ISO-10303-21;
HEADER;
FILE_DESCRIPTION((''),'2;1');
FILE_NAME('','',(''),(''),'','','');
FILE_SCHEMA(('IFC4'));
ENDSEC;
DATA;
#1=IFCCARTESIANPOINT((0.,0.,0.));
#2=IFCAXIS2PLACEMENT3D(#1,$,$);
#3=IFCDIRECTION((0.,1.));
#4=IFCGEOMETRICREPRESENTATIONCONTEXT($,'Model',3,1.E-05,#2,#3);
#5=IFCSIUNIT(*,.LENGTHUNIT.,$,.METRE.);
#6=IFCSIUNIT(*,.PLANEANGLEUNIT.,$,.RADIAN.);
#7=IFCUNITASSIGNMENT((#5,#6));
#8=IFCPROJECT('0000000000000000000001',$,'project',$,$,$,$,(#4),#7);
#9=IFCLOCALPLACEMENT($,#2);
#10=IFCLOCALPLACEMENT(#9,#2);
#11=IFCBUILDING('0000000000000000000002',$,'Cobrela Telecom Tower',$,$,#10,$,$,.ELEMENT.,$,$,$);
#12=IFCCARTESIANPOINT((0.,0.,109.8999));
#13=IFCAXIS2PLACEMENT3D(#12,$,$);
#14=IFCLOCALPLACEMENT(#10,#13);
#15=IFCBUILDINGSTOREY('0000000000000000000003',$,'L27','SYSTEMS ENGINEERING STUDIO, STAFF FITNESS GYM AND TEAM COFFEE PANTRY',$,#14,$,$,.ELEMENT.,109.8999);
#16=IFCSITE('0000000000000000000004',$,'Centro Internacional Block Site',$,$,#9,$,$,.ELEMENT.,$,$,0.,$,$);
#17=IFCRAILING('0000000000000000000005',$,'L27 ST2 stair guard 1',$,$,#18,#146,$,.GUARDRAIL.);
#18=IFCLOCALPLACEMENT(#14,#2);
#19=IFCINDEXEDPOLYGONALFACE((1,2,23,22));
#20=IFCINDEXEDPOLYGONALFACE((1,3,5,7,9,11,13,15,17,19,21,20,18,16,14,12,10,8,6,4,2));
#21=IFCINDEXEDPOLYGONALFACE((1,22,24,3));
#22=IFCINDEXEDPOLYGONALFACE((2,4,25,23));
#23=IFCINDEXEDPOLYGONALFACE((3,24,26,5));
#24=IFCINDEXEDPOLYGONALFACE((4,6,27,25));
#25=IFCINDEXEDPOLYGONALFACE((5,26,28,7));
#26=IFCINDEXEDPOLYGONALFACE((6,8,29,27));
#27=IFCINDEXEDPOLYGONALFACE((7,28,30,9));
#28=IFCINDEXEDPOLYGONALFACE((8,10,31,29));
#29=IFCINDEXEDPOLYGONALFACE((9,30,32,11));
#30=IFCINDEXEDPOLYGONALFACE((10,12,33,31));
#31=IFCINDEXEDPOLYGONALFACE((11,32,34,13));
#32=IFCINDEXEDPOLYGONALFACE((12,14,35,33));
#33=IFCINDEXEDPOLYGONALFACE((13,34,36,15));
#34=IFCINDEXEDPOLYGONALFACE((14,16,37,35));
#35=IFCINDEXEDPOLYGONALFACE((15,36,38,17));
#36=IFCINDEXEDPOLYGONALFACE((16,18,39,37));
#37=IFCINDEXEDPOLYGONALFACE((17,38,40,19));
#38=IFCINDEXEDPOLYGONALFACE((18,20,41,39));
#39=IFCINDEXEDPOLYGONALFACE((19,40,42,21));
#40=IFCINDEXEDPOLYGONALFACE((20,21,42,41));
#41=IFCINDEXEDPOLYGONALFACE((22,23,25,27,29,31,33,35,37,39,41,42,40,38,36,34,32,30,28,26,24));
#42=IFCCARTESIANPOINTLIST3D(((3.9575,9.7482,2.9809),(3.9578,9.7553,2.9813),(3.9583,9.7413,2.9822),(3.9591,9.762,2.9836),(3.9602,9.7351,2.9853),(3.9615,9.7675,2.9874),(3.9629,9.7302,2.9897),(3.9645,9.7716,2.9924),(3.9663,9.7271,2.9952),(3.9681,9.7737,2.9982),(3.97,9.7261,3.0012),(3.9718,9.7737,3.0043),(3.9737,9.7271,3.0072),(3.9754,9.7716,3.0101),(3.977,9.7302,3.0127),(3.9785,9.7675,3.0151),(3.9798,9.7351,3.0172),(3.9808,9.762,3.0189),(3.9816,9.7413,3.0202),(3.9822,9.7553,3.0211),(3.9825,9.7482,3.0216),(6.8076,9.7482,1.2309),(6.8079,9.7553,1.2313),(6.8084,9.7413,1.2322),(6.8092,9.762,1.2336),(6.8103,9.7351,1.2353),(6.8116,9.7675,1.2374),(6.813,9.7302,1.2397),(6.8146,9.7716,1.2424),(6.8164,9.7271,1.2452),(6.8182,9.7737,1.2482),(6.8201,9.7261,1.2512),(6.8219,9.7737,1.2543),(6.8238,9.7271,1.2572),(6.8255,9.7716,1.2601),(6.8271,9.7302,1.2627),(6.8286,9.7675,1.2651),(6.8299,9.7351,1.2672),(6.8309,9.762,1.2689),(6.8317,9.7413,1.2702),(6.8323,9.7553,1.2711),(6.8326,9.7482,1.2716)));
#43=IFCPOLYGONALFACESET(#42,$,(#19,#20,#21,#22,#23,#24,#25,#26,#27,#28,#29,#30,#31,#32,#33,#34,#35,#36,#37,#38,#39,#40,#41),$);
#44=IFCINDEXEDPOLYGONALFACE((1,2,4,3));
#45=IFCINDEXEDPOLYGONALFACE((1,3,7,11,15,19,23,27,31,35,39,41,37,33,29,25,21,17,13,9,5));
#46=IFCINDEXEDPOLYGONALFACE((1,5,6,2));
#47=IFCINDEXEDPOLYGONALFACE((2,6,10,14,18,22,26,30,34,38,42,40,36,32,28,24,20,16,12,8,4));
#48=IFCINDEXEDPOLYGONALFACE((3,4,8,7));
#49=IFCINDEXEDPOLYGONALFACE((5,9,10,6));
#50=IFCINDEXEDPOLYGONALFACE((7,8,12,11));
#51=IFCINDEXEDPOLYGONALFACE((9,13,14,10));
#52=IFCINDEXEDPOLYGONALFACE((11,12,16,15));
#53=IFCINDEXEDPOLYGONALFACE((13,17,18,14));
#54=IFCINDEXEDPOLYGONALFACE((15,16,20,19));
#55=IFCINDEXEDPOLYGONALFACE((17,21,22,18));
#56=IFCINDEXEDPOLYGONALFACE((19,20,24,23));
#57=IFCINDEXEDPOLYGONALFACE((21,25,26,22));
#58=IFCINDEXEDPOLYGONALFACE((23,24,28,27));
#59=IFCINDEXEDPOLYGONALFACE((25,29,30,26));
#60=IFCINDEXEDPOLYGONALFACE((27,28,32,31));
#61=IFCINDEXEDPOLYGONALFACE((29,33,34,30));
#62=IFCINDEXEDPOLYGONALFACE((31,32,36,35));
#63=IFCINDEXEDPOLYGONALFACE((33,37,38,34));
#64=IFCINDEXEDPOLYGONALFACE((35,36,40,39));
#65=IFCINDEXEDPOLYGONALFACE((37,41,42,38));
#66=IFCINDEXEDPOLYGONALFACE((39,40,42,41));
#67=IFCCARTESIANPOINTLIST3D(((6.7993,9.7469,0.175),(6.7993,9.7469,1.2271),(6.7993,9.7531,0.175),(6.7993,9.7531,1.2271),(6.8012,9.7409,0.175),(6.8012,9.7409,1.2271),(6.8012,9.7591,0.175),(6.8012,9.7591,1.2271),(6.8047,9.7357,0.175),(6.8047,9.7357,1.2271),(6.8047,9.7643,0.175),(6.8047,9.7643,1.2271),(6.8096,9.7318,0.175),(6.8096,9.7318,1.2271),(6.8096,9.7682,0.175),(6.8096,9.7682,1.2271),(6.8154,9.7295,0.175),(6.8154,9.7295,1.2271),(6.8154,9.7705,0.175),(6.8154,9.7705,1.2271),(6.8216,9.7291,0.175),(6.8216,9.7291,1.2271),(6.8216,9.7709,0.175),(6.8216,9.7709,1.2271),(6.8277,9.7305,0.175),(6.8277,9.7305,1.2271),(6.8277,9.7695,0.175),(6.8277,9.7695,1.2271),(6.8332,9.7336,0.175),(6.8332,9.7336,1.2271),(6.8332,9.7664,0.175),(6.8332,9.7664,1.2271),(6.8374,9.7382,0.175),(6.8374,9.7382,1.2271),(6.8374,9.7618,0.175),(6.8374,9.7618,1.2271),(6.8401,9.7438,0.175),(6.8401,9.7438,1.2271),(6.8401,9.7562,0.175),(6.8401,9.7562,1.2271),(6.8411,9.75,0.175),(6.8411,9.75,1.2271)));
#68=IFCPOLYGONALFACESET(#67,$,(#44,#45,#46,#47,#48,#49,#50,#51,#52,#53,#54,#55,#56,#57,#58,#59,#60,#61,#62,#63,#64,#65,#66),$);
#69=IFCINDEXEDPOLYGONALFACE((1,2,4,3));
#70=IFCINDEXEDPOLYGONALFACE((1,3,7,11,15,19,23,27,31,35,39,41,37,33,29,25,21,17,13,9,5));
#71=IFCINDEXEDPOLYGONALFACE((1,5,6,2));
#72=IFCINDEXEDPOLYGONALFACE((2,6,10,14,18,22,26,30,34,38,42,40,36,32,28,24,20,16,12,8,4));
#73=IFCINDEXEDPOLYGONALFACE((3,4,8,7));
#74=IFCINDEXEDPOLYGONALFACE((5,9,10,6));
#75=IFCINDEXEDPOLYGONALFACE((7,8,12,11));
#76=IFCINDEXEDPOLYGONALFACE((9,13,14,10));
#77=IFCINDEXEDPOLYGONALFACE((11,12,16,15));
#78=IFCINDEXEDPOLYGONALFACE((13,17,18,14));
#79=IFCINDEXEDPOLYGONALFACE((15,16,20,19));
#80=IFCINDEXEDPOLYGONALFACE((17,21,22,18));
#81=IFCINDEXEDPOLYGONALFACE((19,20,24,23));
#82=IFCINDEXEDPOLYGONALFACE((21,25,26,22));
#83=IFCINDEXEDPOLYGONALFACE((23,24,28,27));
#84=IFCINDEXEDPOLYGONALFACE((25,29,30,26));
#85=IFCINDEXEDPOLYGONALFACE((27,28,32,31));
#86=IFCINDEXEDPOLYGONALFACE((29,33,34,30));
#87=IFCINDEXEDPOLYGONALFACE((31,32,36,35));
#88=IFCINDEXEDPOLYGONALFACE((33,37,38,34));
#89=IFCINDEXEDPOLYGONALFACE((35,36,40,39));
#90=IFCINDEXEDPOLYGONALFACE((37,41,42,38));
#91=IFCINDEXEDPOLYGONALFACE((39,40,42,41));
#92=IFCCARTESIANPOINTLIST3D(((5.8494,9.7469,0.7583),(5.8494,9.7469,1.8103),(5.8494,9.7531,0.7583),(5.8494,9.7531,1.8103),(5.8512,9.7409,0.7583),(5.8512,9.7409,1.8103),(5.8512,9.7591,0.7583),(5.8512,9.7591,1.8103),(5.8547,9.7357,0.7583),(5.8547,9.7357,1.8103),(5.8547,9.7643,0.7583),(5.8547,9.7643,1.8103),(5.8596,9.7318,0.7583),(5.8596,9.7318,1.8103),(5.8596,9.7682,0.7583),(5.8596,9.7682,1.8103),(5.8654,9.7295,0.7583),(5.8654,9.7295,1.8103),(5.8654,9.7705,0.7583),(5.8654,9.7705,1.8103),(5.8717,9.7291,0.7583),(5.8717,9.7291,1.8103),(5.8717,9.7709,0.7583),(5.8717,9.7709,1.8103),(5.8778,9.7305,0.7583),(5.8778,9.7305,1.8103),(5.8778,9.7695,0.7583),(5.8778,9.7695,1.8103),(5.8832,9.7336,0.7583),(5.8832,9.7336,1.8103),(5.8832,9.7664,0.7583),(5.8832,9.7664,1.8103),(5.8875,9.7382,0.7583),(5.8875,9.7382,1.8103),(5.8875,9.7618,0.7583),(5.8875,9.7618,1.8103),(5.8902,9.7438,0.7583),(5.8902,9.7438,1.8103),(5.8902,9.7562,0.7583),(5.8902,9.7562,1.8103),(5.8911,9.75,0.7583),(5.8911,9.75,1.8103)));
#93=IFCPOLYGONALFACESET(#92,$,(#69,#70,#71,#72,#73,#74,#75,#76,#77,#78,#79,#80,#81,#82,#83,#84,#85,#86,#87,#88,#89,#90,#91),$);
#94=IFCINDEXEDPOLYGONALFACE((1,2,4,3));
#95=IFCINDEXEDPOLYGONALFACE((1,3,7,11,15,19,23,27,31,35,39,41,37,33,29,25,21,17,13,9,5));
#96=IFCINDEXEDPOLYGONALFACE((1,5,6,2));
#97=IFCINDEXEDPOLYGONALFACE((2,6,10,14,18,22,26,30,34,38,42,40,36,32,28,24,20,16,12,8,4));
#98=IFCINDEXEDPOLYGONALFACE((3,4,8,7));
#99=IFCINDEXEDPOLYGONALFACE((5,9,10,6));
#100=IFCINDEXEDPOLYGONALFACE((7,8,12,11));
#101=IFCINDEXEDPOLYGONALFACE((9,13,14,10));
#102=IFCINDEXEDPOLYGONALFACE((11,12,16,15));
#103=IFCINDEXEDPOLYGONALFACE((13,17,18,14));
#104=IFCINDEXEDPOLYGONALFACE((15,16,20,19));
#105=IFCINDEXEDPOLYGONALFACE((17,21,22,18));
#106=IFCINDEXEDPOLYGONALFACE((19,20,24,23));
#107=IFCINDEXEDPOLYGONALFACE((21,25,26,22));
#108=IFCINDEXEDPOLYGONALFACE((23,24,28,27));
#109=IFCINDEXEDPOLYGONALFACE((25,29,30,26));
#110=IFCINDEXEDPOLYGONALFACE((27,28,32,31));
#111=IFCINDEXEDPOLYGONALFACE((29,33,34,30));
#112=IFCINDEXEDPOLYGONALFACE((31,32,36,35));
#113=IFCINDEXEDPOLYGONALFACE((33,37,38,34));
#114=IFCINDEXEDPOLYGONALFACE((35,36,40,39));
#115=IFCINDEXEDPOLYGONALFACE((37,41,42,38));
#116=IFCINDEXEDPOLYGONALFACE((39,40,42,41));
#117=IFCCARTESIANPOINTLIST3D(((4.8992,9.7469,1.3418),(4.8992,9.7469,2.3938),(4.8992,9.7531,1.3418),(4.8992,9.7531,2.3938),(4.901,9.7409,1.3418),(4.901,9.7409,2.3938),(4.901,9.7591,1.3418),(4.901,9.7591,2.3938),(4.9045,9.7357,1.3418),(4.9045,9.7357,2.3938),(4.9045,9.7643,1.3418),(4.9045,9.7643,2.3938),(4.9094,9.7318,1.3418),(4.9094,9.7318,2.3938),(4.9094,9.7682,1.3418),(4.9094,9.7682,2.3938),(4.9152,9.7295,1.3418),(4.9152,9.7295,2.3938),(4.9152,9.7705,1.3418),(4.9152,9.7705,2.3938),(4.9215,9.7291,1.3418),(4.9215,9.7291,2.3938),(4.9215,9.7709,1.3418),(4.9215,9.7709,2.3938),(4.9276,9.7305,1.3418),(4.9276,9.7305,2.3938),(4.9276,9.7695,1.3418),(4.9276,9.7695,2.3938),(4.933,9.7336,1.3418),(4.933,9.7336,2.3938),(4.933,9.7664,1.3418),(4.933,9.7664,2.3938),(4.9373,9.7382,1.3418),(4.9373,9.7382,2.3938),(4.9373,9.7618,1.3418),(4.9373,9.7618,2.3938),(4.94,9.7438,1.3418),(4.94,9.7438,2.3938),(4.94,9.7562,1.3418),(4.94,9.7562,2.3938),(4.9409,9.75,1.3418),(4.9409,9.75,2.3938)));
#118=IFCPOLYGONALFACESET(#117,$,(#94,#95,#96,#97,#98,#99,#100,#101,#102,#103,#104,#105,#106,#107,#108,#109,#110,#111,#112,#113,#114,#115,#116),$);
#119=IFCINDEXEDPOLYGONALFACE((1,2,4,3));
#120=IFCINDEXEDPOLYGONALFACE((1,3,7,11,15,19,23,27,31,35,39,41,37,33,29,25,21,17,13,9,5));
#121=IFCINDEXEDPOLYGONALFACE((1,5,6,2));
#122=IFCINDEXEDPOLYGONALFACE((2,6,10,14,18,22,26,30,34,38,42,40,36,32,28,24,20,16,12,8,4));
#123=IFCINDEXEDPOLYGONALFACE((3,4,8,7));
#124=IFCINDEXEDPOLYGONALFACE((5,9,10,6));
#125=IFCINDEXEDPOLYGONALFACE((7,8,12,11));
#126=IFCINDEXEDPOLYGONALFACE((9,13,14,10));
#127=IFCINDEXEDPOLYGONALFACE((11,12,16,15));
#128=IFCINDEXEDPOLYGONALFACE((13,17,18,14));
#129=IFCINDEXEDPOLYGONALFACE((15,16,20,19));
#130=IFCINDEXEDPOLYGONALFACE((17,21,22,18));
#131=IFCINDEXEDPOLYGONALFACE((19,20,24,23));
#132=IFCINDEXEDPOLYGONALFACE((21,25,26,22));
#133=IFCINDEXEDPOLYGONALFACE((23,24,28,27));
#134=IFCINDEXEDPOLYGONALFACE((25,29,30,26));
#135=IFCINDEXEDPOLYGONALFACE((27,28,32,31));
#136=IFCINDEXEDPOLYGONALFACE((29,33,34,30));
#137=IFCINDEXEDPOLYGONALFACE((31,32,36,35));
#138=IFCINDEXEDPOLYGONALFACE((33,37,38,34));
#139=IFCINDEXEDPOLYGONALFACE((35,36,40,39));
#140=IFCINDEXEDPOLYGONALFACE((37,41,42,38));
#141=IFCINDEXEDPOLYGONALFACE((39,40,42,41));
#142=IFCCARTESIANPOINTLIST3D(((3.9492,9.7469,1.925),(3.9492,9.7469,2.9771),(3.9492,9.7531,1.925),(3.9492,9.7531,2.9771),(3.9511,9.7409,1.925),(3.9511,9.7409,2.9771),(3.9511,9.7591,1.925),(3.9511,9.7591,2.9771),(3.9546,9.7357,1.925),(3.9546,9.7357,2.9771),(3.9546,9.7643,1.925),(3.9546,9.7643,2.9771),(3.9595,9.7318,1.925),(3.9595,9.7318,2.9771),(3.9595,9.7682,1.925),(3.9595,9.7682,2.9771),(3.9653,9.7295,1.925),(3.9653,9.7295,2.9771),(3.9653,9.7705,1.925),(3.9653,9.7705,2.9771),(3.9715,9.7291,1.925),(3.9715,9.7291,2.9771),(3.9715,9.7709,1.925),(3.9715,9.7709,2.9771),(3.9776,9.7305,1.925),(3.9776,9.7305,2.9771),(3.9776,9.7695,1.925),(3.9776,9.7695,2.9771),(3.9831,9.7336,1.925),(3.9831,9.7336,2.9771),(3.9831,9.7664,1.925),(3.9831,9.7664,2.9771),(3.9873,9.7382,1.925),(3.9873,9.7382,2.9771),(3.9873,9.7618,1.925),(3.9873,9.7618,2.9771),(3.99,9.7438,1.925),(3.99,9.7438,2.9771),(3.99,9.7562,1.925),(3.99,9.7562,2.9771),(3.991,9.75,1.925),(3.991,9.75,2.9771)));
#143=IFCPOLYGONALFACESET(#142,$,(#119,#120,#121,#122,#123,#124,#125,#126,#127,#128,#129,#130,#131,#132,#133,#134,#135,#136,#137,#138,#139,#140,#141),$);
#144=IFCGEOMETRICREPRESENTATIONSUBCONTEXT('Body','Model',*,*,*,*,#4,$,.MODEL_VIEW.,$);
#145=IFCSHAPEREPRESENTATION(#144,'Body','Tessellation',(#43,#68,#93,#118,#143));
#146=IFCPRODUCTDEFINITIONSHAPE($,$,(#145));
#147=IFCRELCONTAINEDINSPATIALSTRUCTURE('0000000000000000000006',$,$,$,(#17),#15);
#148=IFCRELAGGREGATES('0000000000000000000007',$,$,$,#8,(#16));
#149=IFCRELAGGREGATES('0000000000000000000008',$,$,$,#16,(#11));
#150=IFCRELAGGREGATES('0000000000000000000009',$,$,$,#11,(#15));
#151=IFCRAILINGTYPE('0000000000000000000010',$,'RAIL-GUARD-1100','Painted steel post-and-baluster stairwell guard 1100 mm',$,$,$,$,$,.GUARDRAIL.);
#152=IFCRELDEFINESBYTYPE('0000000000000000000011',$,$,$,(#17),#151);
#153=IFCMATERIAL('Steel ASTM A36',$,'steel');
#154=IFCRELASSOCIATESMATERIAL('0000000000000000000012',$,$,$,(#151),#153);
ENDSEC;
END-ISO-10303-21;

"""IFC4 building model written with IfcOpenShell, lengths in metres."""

from ifc_helpers import new_model, si_unit, direction, frame, origin, origin_2d, place, context, subcontext, project, spatial, circle, extrude, material, type_object, element, save


model = new_model("IFC4")

# Units and contexts
model_context = context("Model", 3, precision=1e-05, world=origin(), true_north=direction((0.0, 1.0)))
body_context = subcontext(model_context, "Body", "Model", "MODEL_VIEW")
ifc_project = project(units=[si_unit("LENGTHUNIT", "METRE"), si_unit("PLANEANGLEUNIT", "RADIAN")], contexts=[model_context])

# Site, building, storey
site_placement = place(None, origin())
site = spatial("IfcSite", under=ifc_project, at=site_placement, Name="Centro Internacional Block Site", CompositionType="ELEMENT", RefElevation=0.0)
building_placement = place(site_placement, origin())
building = spatial("IfcBuilding", under=site, at=building_placement, Name="Cobrela Telecom Tower", CompositionType="ELEMENT")
storey_placement = place(building_placement, frame((0.0, 0.0, 109.8999)))
storey = spatial("IfcBuildingStorey", under=building, at=storey_placement, Name="L27", Description="SYSTEMS ENGINEERING STUDIO, STAFF FITNESS GYM AND TEAM COFFEE PANTRY", CompositionType="ELEMENT", Elevation=109.8999)

# Shared definitions
ifc_material_1 = material(Name="Steel ASTM A36", Category="steel")

# Railing
railing_type_1 = type_object("IfcRailingType", Name="RAIL-GUARD-1100", Description="Painted steel post-and-baluster stairwell guard 1100 mm", PredefinedType="GUARDRAIL", material=ifc_material_1)
railing_1_placement = place(storey_placement, frame((6.8201, 9.75, 0.175)))
element("IfcRailing", 1, at=railing_1_placement, inside=storey, type_object=railing_type_1, Name="L27 ST2 stair guard 1", PredefinedType="GUARDRAIL", context=body_context, shape_type="SweptSolid", body=[
    extrude(circle(Radius=0.0239, at=origin_2d()), frame((0.0, 0.0, 1.0762), z_axis=(-0.852179, 0.0, 0.52325), x_axis=(0.0, -1.0, 0.0)), (0.0, 0.0, 1.0), 3.3445),
    extrude(circle(Radius=0.021, at=origin_2d()), origin(), (0.0, 0.0, 1.0), 1.052),
    extrude(circle(Radius=0.021, at=origin_2d()), frame((-0.95, 0.0, 0.5833)), (0.0, 0.0, 1.0), 1.052),
    extrude(circle(Radius=0.021, at=origin_2d()), frame((-1.9001, 0.0, 1.1667)), (0.0, 0.0, 1.0), 1.052),
    extrude(circle(Radius=0.021, at=origin_2d()), frame((-2.8501, 0.0, 1.75)), (0.0, 0.0, 1.0), 1.052),
])

save(model, "model.ifc")
